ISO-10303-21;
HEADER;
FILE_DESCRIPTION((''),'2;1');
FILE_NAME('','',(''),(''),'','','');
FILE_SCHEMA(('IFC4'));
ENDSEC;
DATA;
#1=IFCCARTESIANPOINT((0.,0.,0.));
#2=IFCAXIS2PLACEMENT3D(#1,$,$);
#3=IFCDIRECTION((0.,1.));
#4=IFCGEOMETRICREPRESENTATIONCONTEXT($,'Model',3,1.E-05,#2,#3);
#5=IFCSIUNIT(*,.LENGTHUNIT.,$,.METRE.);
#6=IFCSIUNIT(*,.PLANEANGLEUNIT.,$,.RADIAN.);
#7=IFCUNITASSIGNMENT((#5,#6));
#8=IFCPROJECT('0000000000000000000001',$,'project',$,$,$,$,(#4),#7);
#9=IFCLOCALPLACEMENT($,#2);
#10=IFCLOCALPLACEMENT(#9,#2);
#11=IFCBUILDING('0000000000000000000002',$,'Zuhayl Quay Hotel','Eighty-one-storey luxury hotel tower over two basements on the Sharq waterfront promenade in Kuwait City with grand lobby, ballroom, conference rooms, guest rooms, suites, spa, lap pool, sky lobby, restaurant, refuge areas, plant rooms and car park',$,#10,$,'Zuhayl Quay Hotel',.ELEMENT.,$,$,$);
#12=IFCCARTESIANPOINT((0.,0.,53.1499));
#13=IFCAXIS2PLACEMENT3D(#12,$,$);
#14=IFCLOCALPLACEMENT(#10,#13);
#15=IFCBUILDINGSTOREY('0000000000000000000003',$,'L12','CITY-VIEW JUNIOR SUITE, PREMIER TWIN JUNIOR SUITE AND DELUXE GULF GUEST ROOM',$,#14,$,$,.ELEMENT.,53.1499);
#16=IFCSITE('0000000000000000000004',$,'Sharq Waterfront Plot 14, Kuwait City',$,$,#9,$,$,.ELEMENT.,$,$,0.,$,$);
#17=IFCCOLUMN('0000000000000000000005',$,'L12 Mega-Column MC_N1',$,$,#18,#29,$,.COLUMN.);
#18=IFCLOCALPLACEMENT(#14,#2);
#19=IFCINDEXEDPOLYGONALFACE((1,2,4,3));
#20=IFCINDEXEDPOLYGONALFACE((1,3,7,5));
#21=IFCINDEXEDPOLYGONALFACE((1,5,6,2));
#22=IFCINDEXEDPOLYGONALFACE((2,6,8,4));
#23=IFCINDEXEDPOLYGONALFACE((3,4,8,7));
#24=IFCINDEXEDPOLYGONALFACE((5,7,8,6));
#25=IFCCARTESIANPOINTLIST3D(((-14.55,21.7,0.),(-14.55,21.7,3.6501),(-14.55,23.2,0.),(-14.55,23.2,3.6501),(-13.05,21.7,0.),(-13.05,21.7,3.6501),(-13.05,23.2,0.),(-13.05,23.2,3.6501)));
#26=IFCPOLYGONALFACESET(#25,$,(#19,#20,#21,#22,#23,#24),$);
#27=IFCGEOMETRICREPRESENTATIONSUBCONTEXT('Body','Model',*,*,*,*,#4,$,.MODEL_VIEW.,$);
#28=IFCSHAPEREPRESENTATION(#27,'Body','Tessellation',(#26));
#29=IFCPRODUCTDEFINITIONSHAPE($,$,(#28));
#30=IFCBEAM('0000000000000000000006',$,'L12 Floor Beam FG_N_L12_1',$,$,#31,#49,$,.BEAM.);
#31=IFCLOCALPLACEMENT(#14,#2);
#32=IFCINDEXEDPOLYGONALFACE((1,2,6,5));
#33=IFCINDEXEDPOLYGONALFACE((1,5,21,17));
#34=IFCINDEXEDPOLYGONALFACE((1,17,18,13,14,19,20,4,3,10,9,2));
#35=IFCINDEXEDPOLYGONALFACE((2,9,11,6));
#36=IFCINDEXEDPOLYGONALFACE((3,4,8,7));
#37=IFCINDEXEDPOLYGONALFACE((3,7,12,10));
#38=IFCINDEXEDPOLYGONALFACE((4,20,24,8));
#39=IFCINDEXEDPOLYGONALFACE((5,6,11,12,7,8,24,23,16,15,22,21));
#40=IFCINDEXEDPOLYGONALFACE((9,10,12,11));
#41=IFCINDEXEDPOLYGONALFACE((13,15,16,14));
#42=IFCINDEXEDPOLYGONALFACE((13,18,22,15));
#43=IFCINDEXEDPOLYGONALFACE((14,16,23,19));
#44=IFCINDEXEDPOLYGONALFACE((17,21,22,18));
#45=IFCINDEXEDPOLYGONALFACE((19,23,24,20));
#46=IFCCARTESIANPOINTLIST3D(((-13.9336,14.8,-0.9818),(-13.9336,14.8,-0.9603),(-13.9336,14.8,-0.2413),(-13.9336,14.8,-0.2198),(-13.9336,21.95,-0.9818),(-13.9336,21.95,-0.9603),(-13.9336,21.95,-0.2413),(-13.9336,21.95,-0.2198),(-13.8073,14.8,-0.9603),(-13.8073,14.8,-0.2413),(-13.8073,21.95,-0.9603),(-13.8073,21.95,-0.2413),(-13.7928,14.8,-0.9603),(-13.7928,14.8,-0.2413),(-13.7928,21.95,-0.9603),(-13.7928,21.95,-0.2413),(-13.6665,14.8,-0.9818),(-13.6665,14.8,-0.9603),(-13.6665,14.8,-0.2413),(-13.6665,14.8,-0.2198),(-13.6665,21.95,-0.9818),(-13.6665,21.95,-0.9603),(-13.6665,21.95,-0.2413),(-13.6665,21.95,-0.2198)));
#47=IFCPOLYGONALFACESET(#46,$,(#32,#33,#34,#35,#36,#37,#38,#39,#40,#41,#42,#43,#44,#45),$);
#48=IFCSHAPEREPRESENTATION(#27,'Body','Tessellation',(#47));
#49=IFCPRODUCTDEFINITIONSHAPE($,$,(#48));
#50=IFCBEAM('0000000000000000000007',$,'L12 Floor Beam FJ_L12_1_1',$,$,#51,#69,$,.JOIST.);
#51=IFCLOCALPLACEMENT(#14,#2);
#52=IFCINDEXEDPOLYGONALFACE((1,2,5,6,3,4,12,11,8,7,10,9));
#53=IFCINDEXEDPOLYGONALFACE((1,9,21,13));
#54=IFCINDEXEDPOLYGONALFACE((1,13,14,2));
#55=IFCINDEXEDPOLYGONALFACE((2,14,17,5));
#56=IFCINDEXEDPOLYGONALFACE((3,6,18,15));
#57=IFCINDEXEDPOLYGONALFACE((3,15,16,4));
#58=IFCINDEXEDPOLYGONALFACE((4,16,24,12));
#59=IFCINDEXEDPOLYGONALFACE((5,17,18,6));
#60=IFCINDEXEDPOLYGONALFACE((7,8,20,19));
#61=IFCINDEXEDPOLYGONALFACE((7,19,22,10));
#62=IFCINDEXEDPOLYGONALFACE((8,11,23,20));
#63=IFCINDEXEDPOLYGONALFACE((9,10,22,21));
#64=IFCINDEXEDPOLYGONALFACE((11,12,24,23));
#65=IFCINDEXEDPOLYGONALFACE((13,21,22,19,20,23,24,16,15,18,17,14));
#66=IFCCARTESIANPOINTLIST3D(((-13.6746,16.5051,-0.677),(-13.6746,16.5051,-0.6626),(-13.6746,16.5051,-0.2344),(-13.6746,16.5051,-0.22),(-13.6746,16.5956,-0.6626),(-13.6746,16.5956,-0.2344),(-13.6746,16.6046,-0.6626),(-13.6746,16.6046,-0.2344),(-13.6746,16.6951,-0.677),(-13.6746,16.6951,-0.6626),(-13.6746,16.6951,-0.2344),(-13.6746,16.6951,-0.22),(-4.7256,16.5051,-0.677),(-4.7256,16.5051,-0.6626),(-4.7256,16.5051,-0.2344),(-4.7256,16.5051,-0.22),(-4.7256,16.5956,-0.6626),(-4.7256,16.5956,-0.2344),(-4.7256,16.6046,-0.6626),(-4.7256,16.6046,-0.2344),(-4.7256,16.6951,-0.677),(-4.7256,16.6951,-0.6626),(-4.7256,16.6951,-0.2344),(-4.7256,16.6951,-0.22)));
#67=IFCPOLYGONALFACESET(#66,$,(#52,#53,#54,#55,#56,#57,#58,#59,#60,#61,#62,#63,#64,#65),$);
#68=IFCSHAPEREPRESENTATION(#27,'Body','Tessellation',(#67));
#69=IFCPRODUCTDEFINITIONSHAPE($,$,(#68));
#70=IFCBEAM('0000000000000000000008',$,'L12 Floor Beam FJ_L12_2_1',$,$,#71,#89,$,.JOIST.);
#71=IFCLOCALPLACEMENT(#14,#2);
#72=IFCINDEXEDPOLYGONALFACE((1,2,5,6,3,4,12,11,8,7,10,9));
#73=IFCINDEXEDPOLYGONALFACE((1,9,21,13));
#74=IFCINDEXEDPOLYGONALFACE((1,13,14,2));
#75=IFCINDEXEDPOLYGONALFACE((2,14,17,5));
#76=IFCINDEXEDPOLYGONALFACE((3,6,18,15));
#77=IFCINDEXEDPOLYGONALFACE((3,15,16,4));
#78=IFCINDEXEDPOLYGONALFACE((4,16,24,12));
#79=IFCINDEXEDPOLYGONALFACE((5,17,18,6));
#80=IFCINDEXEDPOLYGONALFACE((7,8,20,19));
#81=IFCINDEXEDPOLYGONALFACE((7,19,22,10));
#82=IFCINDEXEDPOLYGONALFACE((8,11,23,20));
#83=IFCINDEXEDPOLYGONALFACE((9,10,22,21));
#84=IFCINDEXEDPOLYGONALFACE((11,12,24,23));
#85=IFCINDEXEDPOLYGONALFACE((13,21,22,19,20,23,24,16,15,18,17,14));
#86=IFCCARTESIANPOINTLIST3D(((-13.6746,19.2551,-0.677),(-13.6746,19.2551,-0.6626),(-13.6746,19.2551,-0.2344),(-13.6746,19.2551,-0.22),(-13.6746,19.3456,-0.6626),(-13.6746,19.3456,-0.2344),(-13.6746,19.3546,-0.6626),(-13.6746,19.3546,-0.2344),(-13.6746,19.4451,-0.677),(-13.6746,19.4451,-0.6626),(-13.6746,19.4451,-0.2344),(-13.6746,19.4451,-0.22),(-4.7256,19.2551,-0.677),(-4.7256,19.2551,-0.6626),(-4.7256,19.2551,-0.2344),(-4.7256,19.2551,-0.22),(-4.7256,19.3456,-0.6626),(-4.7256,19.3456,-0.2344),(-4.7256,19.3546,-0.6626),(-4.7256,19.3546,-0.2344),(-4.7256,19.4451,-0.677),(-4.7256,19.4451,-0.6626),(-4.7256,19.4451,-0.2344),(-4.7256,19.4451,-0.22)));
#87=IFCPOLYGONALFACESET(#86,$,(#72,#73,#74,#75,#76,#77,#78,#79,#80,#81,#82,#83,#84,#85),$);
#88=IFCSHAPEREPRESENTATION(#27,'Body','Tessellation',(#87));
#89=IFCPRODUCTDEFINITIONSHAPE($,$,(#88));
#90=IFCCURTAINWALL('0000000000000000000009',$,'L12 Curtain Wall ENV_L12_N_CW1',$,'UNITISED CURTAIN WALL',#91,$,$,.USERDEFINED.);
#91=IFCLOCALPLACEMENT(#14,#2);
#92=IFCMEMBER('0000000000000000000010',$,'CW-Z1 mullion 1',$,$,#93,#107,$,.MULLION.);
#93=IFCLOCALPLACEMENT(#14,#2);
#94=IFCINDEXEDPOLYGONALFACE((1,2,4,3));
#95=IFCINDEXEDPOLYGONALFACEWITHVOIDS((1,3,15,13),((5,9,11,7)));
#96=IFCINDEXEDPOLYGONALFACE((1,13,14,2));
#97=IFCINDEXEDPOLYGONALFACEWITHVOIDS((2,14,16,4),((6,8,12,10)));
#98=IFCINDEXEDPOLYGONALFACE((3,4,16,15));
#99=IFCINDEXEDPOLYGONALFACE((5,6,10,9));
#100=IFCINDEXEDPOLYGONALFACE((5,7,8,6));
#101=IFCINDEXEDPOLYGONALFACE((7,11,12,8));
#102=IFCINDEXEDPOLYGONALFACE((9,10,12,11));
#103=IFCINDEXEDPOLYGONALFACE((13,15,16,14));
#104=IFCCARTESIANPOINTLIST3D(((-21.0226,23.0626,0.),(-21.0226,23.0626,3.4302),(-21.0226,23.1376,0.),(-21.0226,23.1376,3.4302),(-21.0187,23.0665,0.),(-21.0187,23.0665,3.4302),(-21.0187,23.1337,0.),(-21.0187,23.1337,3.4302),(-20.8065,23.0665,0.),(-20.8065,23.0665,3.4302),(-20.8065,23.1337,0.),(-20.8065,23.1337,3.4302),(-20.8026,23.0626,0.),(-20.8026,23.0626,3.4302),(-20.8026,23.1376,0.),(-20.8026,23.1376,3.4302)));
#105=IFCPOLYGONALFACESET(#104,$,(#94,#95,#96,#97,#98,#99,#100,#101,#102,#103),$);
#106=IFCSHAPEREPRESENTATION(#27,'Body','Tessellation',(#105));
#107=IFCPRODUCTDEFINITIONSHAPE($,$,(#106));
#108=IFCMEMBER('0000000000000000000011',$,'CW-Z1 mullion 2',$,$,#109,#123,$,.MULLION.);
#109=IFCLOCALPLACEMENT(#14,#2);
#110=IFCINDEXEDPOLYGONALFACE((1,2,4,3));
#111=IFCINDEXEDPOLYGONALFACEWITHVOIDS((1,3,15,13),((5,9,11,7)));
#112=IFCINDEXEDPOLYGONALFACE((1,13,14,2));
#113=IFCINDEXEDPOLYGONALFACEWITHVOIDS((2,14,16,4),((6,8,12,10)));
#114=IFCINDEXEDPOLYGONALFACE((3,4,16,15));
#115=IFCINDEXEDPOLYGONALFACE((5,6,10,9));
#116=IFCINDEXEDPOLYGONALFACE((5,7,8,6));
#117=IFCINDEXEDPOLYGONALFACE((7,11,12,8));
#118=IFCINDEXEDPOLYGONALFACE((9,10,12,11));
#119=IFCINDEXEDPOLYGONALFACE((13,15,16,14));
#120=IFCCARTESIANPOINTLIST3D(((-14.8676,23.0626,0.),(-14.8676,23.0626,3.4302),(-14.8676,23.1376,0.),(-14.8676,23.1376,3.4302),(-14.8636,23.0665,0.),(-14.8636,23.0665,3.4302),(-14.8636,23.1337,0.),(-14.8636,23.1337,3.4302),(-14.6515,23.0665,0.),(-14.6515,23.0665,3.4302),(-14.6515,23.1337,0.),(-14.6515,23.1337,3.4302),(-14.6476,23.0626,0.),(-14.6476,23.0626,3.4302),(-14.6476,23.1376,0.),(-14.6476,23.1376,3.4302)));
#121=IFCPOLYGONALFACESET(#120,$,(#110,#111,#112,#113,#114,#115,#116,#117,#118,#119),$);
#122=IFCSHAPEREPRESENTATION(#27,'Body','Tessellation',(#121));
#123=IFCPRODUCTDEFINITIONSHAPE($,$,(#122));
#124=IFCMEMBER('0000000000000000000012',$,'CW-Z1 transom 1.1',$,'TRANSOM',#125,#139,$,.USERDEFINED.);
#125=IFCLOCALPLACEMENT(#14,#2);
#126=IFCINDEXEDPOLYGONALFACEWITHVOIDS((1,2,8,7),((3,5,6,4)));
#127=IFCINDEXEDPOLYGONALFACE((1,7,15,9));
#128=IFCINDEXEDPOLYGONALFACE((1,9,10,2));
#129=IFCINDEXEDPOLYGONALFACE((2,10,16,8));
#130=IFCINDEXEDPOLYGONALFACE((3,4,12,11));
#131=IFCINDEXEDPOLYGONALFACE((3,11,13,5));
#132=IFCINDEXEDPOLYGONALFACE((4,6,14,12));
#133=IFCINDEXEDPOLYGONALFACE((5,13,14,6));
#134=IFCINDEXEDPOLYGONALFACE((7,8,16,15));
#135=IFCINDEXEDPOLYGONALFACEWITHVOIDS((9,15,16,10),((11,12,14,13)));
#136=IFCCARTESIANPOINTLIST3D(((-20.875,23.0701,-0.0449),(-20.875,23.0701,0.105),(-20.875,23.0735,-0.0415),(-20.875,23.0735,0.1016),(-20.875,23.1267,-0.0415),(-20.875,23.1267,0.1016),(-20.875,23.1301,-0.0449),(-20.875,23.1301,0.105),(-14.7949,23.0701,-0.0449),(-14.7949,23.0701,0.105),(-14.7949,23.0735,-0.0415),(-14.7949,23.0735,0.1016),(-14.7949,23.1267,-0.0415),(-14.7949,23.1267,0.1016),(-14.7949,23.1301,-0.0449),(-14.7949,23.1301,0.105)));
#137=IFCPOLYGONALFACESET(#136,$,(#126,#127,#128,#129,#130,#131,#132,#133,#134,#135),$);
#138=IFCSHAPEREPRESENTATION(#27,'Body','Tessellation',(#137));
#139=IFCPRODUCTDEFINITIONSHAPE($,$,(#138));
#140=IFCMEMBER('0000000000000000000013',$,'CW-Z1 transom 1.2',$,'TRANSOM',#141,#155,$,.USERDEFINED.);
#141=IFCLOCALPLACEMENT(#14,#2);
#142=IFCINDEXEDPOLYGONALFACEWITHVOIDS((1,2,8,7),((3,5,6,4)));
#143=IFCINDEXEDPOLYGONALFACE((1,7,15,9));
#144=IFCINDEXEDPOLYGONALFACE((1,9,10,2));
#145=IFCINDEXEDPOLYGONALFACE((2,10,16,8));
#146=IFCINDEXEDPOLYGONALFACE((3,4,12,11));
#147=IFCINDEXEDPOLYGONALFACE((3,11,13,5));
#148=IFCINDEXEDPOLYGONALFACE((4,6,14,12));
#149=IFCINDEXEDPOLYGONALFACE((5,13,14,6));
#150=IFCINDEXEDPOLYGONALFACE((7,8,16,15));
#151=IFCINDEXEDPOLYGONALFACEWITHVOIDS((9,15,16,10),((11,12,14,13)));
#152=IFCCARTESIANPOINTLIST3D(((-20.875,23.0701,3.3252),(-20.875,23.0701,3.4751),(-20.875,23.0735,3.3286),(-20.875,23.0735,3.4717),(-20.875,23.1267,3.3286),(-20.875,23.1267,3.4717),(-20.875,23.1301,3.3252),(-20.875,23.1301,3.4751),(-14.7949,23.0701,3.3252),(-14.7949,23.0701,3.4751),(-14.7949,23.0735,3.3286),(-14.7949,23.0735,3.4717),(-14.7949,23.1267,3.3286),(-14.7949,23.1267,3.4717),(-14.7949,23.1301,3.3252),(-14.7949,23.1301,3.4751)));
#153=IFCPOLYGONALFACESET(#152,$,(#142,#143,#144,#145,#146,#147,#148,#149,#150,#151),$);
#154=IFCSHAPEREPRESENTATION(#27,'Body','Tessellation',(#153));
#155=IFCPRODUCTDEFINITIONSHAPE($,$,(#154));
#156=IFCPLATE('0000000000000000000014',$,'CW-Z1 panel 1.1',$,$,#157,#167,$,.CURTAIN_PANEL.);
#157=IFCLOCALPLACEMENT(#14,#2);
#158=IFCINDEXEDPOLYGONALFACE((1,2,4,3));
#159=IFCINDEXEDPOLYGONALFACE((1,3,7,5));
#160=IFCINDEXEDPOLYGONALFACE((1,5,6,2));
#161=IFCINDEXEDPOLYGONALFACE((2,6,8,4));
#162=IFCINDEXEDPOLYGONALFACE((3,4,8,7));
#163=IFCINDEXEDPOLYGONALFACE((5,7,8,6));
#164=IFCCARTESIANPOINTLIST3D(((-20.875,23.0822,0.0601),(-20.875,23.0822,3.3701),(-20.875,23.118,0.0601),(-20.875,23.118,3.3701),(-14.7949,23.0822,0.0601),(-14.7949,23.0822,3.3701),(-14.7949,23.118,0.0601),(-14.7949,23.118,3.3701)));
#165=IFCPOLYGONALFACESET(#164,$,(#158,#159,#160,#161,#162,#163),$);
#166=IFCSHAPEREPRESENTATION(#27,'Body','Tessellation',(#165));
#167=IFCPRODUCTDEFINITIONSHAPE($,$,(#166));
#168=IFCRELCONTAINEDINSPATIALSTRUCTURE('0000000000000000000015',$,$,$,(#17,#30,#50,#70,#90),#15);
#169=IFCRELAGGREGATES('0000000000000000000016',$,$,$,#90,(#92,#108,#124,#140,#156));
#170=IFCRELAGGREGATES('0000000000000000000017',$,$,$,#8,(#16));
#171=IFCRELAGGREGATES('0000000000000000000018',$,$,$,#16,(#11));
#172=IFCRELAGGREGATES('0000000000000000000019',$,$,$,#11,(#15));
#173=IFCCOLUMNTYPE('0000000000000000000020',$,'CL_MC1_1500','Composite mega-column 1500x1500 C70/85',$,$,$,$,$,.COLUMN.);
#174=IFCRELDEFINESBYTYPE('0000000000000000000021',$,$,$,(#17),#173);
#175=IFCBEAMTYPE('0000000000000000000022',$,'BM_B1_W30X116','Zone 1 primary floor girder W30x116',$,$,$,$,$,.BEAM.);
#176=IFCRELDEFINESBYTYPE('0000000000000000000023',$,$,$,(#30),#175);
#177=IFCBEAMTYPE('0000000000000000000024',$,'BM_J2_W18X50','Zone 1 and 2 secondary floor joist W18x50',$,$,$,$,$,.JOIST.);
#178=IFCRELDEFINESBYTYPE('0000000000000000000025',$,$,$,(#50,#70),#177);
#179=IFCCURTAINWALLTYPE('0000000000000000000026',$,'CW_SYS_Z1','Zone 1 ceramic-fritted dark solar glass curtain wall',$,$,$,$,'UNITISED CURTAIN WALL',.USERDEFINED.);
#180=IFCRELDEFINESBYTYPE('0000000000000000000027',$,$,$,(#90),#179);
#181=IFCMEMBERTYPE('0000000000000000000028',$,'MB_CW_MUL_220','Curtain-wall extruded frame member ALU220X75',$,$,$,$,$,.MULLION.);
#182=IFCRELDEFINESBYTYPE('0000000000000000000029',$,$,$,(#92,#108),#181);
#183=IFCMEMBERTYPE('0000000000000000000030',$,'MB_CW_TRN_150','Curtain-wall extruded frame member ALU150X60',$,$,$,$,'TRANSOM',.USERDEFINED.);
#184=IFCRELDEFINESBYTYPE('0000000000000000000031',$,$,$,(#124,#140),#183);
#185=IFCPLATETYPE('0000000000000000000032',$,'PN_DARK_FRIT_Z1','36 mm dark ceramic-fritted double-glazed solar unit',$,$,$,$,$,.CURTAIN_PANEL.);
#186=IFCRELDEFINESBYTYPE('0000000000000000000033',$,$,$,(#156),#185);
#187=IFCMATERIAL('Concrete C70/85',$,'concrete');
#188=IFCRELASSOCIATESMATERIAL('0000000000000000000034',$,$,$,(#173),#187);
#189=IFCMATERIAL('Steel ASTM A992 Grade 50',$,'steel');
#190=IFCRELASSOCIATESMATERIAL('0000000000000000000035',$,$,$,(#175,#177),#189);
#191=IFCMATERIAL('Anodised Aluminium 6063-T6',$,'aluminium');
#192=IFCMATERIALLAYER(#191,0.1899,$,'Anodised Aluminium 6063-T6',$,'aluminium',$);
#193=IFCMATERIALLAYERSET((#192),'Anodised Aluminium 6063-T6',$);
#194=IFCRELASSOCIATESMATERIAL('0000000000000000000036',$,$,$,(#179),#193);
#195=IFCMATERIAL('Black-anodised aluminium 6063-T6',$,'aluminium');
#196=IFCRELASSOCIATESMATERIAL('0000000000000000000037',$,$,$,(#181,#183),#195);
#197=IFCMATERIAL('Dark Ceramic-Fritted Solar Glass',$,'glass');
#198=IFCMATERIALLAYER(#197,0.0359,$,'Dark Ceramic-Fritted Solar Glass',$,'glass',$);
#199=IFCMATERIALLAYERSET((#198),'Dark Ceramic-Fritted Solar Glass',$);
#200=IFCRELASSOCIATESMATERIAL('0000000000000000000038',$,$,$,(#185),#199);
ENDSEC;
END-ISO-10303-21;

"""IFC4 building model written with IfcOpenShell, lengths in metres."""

from ifc_helpers import new_model, si_unit, direction, frame, origin, origin_2d, place, context, subcontext, project, spatial, rectangle, hollow_rectangle, i_section, extrude, material, layer, layer_set, material_profile, profile_set, type_object, element, aggregate, save


model = new_model("IFC4")

# Units and contexts
model_context = context("Model", 3, precision=1e-05, world=origin(), true_north=direction((0.0, 1.0)))
body_context = subcontext(model_context, "Body", "Model", "MODEL_VIEW")
ifc_project = project(units=[si_unit("LENGTHUNIT", "METRE"), si_unit("PLANEANGLEUNIT", "RADIAN")], contexts=[model_context])

# Site, building, storey
site_placement = place(None, origin())
site = spatial("IfcSite", under=ifc_project, at=site_placement, Name="Sharq Waterfront Plot 14, Kuwait City", CompositionType="ELEMENT", RefElevation=0.0)
building_placement = place(site_placement, origin())
building = spatial("IfcBuilding", under=site, at=building_placement, Name="Zuhayl Quay Hotel", Description="Eighty-one-storey luxury hotel tower over two basements on the Sharq waterfront promenade in Kuwait City with grand lobby, ballroom, conference rooms, guest rooms, suites, spa, lap pool, sky lobby, restaurant, refuge areas, plant rooms and car park", LongName="Zuhayl Quay Hotel", CompositionType="ELEMENT")
storey_placement = place(building_placement, frame((0.0, 0.0, 53.1499)))
storey = spatial("IfcBuildingStorey", under=building, at=storey_placement, Name="L12", Description="CITY-VIEW JUNIOR SUITE, PREMIER TWIN JUNIOR SUITE AND DELUXE GULF GUEST ROOM", CompositionType="ELEMENT", Elevation=53.1499)

# Column
ifc_material_1 = material(Name="Concrete C70/85", Category="concrete")
ifc_material_profile_1 = material_profile(ifc_material_1, rectangle(XDim=1.5, YDim=1.5, at=origin_2d()), Name="RC1500X1500")
ifc_profile_set_1 = profile_set([ifc_material_profile_1], Name="Concrete C70/85")
column_type = type_object("IfcColumnType", Name="CL_MC1_1500", Description="Composite mega-column 1500x1500 C70/85", PredefinedType="COLUMN", material=ifc_profile_set_1)
column_placement = place(storey_placement, frame((-13.8, 22.45, 0.0), z_axis=(0.0, 0.0, 1.0), x_axis=(1.0, 0.0, 0.0)))
element("IfcColumn", 1, at=column_placement, inside=storey, type_object=column_type, Name="L12 Mega-Column MC_N1", PredefinedType="COLUMN", context=body_context, shape_type="SweptSolid", body=[
    extrude(rectangle(XDim=1.5, YDim=1.5, at=origin_2d()), origin(), (0.0, 0.0, 1.0), 3.6501),
])

# Beams
ifc_material_2 = material(Name="Steel ASTM A992 Grade 50", Category="steel")
ifc_material_profile_2 = material_profile(ifc_material_2, i_section(OverallWidth=0.2671, OverallDepth=0.762, WebThickness=0.0144, FlangeThickness=0.0215, at=origin_2d()), Name="W30X116")
ifc_profile_set_2 = profile_set([ifc_material_profile_2], Name="Steel ASTM A992 Grade 50")
beam_type_1 = type_object("IfcBeamType", Name="BM_B1_W30X116", Description="Zone 1 primary floor girder W30x116", PredefinedType="BEAM", material=ifc_profile_set_2)
beam_placement = place(storey_placement, frame((-13.8, 14.8, -0.6008), z_axis=(0.0, 1.0, 0.0), x_axis=(-1.0, 0.0, 0.0)))
element("IfcBeam", 2, at=beam_placement, inside=storey, type_object=beam_type_1, Name="L12 Floor Beam FG_N_L12_1", PredefinedType="BEAM", context=body_context, shape_type="SweptSolid", body=[
    extrude(i_section(OverallWidth=0.2671, OverallDepth=0.762, WebThickness=0.0144, FlangeThickness=0.0215, at=origin_2d()), origin(), (0.0, 0.0, 1.0), 7.1499),
])
ifc_material_profile_3 = material_profile(ifc_material_2, i_section(OverallWidth=0.1899, OverallDepth=0.457, WebThickness=0.009, FlangeThickness=0.0144, at=origin_2d()), Name="W18X50")
ifc_profile_set_3 = profile_set([ifc_material_profile_3], Name="Steel ASTM A992 Grade 50")
beam_type_2 = type_object("IfcBeamType", Name="BM_J2_W18X50", Description="Zone 1 and 2 secondary floor joist W18x50", PredefinedType="JOIST", material=ifc_profile_set_3)
for number, where, z_axis, x_axis, name in (
    (3, (-13.6746, 16.6001, -0.4485), (1.0, 0.0, 0.0), (0.0, 1.0, 0.0), "L12 Floor Beam FJ_L12_1_1"),
    (4, (-13.6746, 19.3501, -0.4485), (1.0, 0.0, 0.0), (0.0, 1.0, 0.0), "L12 Floor Beam FJ_L12_2_1"),
):
    element("IfcBeam", number, at=place(storey_placement, frame(where, z_axis=z_axis, x_axis=x_axis)), inside=storey, type_object=beam_type_2, Name=name, PredefinedType="JOIST", context=body_context, shape_type="SweptSolid", body=[
        extrude(i_section(OverallWidth=0.1899, OverallDepth=0.457, WebThickness=0.009, FlangeThickness=0.0144, at=origin_2d()), origin(), (0.0, 0.0, 1.0), 8.949),
    ])

# Curtain wall, members, plate
ifc_material_3 = material(Name="Anodised Aluminium 6063-T6", Category="aluminium")
ifc_layer_1 = layer(ifc_material_3, 0.1899, Name="Anodised Aluminium 6063-T6", Category="aluminium")
ifc_layer_set_1 = layer_set([ifc_layer_1], Name="Anodised Aluminium 6063-T6")
curtain_wall_type = type_object("IfcCurtainWallType", Name="CW_SYS_Z1", Description="Zone 1 ceramic-fritted dark solar glass curtain wall", ElementType="UNITISED CURTAIN WALL", PredefinedType="USERDEFINED", material=ifc_layer_set_1)
curtain_wall_placement = place(storey_placement, origin())
curtain_wall = element("IfcCurtainWall", 5, at=curtain_wall_placement, inside=storey, type_object=curtain_wall_type, Name="L12 Curtain Wall ENV_L12_N_CW1", ObjectType="UNITISED CURTAIN WALL", PredefinedType="USERDEFINED")
ifc_material_4 = material(Name="Black-anodised aluminium 6063-T6", Category="aluminium")
ifc_material_profile_4 = material_profile(ifc_material_4, hollow_rectangle(XDim=0.075, YDim=0.22, WallThickness=0.0039, at=origin_2d()), Name="ALU220X75")
ifc_profile_set_4 = profile_set([ifc_material_profile_4], Name="Black-anodised aluminium 6063-T6")
member_type_1 = type_object("IfcMemberType", Name="MB_CW_MUL_220", Description="Curtain-wall extruded frame member ALU220X75", PredefinedType="MULLION", material=ifc_profile_set_4)
member_1_placement = place(storey_placement, frame((-20.9126, 23.1001, 0.0), z_axis=(0.0, 0.0, 1.0), x_axis=(0.0, 1.0, 0.0)))
member_1 = element("IfcMember", 6, at=member_1_placement, type_object=member_type_1, Name="CW-Z1 mullion 1", PredefinedType="MULLION", context=body_context, shape_type="SweptSolid", body=[
    extrude(hollow_rectangle(XDim=0.075, YDim=0.22, WallThickness=0.0039, at=origin_2d()), origin(), (0.0, 0.0, 1.0), 3.4302),
])
member_2_placement = place(storey_placement, frame((-14.7576, 23.1001, 0.0), z_axis=(0.0, 0.0, 1.0), x_axis=(0.0, 1.0, 0.0)))
member_2 = element("IfcMember", 7, at=member_2_placement, type_object=member_type_1, Name="CW-Z1 mullion 2", PredefinedType="MULLION", context=body_context, shape_type="SweptSolid", body=[
    extrude(hollow_rectangle(XDim=0.075, YDim=0.22, WallThickness=0.0039, at=origin_2d()), origin(), (0.0, 0.0, 1.0), 3.4302),
])
ifc_material_profile_5 = material_profile(ifc_material_4, hollow_rectangle(XDim=0.0601, YDim=0.1499, WallThickness=0.0034, at=origin_2d()), Name="ALU150X60")
ifc_profile_set_5 = profile_set([ifc_material_profile_5], Name="Black-anodised aluminium 6063-T6")
member_type_2 = type_object("IfcMemberType", Name="MB_CW_TRN_150", Description="Curtain-wall extruded frame member ALU150X60", ElementType="TRANSOM", PredefinedType="USERDEFINED", material=ifc_profile_set_5)
member_3_placement = place(storey_placement, frame((-20.875, 23.1001, 0.03), z_axis=(1.0, 0.0, 0.0), x_axis=(0.0, 1.0, 0.0)))
member_3 = element("IfcMember", 8, at=member_3_placement, type_object=member_type_2, Name="CW-Z1 transom 1.1", ObjectType="TRANSOM", PredefinedType="USERDEFINED", context=body_context, shape_type="SweptSolid", body=[
    extrude(hollow_rectangle(XDim=0.0601, YDim=0.1499, WallThickness=0.0034, at=origin_2d()), origin(), (0.0, 0.0, 1.0), 6.0801),
])
member_4_placement = place(storey_placement, frame((-20.875, 23.1001, 3.4001), z_axis=(1.0, 0.0, 0.0), x_axis=(0.0, 1.0, 0.0)))
member_4 = element("IfcMember", 9, at=member_4_placement, type_object=member_type_2, Name="CW-Z1 transom 1.2", ObjectType="TRANSOM", PredefinedType="USERDEFINED", context=body_context, shape_type="SweptSolid", body=[
    extrude(hollow_rectangle(XDim=0.0601, YDim=0.1499, WallThickness=0.0034, at=origin_2d()), origin(), (0.0, 0.0, 1.0), 6.0801),
])
ifc_material_5 = material(Name="Dark Ceramic-Fritted Solar Glass", Category="glass")
ifc_layer_2 = layer(ifc_material_5, 0.0359, Name="Dark Ceramic-Fritted Solar Glass", Category="glass")
ifc_layer_set_2 = layer_set([ifc_layer_2], Name="Dark Ceramic-Fritted Solar Glass")
plate_type = type_object("IfcPlateType", Name="PN_DARK_FRIT_Z1", Description="36 mm dark ceramic-fritted double-glazed solar unit", PredefinedType="CURTAIN_PANEL", material=ifc_layer_set_2)
plate_placement = place(storey_placement, frame((-17.835, 23.1001, 0.0601), z_axis=(0.0, 0.0, 1.0), x_axis=(1.0, 0.0, 0.0)))
plate = element("IfcPlate", 10, at=plate_placement, type_object=plate_type, Name="CW-Z1 panel 1.1", PredefinedType="CURTAIN_PANEL", context=body_context, shape_type="SweptSolid", body=[
    extrude(rectangle(XDim=6.0801, YDim=0.0359, at=origin_2d()), origin(), (0.0, 0.0, 1.0), 3.3101),
])
aggregate(curtain_wall, [member_1, member_2, member_3, member_4, plate])

save(model, "model.ifc")
